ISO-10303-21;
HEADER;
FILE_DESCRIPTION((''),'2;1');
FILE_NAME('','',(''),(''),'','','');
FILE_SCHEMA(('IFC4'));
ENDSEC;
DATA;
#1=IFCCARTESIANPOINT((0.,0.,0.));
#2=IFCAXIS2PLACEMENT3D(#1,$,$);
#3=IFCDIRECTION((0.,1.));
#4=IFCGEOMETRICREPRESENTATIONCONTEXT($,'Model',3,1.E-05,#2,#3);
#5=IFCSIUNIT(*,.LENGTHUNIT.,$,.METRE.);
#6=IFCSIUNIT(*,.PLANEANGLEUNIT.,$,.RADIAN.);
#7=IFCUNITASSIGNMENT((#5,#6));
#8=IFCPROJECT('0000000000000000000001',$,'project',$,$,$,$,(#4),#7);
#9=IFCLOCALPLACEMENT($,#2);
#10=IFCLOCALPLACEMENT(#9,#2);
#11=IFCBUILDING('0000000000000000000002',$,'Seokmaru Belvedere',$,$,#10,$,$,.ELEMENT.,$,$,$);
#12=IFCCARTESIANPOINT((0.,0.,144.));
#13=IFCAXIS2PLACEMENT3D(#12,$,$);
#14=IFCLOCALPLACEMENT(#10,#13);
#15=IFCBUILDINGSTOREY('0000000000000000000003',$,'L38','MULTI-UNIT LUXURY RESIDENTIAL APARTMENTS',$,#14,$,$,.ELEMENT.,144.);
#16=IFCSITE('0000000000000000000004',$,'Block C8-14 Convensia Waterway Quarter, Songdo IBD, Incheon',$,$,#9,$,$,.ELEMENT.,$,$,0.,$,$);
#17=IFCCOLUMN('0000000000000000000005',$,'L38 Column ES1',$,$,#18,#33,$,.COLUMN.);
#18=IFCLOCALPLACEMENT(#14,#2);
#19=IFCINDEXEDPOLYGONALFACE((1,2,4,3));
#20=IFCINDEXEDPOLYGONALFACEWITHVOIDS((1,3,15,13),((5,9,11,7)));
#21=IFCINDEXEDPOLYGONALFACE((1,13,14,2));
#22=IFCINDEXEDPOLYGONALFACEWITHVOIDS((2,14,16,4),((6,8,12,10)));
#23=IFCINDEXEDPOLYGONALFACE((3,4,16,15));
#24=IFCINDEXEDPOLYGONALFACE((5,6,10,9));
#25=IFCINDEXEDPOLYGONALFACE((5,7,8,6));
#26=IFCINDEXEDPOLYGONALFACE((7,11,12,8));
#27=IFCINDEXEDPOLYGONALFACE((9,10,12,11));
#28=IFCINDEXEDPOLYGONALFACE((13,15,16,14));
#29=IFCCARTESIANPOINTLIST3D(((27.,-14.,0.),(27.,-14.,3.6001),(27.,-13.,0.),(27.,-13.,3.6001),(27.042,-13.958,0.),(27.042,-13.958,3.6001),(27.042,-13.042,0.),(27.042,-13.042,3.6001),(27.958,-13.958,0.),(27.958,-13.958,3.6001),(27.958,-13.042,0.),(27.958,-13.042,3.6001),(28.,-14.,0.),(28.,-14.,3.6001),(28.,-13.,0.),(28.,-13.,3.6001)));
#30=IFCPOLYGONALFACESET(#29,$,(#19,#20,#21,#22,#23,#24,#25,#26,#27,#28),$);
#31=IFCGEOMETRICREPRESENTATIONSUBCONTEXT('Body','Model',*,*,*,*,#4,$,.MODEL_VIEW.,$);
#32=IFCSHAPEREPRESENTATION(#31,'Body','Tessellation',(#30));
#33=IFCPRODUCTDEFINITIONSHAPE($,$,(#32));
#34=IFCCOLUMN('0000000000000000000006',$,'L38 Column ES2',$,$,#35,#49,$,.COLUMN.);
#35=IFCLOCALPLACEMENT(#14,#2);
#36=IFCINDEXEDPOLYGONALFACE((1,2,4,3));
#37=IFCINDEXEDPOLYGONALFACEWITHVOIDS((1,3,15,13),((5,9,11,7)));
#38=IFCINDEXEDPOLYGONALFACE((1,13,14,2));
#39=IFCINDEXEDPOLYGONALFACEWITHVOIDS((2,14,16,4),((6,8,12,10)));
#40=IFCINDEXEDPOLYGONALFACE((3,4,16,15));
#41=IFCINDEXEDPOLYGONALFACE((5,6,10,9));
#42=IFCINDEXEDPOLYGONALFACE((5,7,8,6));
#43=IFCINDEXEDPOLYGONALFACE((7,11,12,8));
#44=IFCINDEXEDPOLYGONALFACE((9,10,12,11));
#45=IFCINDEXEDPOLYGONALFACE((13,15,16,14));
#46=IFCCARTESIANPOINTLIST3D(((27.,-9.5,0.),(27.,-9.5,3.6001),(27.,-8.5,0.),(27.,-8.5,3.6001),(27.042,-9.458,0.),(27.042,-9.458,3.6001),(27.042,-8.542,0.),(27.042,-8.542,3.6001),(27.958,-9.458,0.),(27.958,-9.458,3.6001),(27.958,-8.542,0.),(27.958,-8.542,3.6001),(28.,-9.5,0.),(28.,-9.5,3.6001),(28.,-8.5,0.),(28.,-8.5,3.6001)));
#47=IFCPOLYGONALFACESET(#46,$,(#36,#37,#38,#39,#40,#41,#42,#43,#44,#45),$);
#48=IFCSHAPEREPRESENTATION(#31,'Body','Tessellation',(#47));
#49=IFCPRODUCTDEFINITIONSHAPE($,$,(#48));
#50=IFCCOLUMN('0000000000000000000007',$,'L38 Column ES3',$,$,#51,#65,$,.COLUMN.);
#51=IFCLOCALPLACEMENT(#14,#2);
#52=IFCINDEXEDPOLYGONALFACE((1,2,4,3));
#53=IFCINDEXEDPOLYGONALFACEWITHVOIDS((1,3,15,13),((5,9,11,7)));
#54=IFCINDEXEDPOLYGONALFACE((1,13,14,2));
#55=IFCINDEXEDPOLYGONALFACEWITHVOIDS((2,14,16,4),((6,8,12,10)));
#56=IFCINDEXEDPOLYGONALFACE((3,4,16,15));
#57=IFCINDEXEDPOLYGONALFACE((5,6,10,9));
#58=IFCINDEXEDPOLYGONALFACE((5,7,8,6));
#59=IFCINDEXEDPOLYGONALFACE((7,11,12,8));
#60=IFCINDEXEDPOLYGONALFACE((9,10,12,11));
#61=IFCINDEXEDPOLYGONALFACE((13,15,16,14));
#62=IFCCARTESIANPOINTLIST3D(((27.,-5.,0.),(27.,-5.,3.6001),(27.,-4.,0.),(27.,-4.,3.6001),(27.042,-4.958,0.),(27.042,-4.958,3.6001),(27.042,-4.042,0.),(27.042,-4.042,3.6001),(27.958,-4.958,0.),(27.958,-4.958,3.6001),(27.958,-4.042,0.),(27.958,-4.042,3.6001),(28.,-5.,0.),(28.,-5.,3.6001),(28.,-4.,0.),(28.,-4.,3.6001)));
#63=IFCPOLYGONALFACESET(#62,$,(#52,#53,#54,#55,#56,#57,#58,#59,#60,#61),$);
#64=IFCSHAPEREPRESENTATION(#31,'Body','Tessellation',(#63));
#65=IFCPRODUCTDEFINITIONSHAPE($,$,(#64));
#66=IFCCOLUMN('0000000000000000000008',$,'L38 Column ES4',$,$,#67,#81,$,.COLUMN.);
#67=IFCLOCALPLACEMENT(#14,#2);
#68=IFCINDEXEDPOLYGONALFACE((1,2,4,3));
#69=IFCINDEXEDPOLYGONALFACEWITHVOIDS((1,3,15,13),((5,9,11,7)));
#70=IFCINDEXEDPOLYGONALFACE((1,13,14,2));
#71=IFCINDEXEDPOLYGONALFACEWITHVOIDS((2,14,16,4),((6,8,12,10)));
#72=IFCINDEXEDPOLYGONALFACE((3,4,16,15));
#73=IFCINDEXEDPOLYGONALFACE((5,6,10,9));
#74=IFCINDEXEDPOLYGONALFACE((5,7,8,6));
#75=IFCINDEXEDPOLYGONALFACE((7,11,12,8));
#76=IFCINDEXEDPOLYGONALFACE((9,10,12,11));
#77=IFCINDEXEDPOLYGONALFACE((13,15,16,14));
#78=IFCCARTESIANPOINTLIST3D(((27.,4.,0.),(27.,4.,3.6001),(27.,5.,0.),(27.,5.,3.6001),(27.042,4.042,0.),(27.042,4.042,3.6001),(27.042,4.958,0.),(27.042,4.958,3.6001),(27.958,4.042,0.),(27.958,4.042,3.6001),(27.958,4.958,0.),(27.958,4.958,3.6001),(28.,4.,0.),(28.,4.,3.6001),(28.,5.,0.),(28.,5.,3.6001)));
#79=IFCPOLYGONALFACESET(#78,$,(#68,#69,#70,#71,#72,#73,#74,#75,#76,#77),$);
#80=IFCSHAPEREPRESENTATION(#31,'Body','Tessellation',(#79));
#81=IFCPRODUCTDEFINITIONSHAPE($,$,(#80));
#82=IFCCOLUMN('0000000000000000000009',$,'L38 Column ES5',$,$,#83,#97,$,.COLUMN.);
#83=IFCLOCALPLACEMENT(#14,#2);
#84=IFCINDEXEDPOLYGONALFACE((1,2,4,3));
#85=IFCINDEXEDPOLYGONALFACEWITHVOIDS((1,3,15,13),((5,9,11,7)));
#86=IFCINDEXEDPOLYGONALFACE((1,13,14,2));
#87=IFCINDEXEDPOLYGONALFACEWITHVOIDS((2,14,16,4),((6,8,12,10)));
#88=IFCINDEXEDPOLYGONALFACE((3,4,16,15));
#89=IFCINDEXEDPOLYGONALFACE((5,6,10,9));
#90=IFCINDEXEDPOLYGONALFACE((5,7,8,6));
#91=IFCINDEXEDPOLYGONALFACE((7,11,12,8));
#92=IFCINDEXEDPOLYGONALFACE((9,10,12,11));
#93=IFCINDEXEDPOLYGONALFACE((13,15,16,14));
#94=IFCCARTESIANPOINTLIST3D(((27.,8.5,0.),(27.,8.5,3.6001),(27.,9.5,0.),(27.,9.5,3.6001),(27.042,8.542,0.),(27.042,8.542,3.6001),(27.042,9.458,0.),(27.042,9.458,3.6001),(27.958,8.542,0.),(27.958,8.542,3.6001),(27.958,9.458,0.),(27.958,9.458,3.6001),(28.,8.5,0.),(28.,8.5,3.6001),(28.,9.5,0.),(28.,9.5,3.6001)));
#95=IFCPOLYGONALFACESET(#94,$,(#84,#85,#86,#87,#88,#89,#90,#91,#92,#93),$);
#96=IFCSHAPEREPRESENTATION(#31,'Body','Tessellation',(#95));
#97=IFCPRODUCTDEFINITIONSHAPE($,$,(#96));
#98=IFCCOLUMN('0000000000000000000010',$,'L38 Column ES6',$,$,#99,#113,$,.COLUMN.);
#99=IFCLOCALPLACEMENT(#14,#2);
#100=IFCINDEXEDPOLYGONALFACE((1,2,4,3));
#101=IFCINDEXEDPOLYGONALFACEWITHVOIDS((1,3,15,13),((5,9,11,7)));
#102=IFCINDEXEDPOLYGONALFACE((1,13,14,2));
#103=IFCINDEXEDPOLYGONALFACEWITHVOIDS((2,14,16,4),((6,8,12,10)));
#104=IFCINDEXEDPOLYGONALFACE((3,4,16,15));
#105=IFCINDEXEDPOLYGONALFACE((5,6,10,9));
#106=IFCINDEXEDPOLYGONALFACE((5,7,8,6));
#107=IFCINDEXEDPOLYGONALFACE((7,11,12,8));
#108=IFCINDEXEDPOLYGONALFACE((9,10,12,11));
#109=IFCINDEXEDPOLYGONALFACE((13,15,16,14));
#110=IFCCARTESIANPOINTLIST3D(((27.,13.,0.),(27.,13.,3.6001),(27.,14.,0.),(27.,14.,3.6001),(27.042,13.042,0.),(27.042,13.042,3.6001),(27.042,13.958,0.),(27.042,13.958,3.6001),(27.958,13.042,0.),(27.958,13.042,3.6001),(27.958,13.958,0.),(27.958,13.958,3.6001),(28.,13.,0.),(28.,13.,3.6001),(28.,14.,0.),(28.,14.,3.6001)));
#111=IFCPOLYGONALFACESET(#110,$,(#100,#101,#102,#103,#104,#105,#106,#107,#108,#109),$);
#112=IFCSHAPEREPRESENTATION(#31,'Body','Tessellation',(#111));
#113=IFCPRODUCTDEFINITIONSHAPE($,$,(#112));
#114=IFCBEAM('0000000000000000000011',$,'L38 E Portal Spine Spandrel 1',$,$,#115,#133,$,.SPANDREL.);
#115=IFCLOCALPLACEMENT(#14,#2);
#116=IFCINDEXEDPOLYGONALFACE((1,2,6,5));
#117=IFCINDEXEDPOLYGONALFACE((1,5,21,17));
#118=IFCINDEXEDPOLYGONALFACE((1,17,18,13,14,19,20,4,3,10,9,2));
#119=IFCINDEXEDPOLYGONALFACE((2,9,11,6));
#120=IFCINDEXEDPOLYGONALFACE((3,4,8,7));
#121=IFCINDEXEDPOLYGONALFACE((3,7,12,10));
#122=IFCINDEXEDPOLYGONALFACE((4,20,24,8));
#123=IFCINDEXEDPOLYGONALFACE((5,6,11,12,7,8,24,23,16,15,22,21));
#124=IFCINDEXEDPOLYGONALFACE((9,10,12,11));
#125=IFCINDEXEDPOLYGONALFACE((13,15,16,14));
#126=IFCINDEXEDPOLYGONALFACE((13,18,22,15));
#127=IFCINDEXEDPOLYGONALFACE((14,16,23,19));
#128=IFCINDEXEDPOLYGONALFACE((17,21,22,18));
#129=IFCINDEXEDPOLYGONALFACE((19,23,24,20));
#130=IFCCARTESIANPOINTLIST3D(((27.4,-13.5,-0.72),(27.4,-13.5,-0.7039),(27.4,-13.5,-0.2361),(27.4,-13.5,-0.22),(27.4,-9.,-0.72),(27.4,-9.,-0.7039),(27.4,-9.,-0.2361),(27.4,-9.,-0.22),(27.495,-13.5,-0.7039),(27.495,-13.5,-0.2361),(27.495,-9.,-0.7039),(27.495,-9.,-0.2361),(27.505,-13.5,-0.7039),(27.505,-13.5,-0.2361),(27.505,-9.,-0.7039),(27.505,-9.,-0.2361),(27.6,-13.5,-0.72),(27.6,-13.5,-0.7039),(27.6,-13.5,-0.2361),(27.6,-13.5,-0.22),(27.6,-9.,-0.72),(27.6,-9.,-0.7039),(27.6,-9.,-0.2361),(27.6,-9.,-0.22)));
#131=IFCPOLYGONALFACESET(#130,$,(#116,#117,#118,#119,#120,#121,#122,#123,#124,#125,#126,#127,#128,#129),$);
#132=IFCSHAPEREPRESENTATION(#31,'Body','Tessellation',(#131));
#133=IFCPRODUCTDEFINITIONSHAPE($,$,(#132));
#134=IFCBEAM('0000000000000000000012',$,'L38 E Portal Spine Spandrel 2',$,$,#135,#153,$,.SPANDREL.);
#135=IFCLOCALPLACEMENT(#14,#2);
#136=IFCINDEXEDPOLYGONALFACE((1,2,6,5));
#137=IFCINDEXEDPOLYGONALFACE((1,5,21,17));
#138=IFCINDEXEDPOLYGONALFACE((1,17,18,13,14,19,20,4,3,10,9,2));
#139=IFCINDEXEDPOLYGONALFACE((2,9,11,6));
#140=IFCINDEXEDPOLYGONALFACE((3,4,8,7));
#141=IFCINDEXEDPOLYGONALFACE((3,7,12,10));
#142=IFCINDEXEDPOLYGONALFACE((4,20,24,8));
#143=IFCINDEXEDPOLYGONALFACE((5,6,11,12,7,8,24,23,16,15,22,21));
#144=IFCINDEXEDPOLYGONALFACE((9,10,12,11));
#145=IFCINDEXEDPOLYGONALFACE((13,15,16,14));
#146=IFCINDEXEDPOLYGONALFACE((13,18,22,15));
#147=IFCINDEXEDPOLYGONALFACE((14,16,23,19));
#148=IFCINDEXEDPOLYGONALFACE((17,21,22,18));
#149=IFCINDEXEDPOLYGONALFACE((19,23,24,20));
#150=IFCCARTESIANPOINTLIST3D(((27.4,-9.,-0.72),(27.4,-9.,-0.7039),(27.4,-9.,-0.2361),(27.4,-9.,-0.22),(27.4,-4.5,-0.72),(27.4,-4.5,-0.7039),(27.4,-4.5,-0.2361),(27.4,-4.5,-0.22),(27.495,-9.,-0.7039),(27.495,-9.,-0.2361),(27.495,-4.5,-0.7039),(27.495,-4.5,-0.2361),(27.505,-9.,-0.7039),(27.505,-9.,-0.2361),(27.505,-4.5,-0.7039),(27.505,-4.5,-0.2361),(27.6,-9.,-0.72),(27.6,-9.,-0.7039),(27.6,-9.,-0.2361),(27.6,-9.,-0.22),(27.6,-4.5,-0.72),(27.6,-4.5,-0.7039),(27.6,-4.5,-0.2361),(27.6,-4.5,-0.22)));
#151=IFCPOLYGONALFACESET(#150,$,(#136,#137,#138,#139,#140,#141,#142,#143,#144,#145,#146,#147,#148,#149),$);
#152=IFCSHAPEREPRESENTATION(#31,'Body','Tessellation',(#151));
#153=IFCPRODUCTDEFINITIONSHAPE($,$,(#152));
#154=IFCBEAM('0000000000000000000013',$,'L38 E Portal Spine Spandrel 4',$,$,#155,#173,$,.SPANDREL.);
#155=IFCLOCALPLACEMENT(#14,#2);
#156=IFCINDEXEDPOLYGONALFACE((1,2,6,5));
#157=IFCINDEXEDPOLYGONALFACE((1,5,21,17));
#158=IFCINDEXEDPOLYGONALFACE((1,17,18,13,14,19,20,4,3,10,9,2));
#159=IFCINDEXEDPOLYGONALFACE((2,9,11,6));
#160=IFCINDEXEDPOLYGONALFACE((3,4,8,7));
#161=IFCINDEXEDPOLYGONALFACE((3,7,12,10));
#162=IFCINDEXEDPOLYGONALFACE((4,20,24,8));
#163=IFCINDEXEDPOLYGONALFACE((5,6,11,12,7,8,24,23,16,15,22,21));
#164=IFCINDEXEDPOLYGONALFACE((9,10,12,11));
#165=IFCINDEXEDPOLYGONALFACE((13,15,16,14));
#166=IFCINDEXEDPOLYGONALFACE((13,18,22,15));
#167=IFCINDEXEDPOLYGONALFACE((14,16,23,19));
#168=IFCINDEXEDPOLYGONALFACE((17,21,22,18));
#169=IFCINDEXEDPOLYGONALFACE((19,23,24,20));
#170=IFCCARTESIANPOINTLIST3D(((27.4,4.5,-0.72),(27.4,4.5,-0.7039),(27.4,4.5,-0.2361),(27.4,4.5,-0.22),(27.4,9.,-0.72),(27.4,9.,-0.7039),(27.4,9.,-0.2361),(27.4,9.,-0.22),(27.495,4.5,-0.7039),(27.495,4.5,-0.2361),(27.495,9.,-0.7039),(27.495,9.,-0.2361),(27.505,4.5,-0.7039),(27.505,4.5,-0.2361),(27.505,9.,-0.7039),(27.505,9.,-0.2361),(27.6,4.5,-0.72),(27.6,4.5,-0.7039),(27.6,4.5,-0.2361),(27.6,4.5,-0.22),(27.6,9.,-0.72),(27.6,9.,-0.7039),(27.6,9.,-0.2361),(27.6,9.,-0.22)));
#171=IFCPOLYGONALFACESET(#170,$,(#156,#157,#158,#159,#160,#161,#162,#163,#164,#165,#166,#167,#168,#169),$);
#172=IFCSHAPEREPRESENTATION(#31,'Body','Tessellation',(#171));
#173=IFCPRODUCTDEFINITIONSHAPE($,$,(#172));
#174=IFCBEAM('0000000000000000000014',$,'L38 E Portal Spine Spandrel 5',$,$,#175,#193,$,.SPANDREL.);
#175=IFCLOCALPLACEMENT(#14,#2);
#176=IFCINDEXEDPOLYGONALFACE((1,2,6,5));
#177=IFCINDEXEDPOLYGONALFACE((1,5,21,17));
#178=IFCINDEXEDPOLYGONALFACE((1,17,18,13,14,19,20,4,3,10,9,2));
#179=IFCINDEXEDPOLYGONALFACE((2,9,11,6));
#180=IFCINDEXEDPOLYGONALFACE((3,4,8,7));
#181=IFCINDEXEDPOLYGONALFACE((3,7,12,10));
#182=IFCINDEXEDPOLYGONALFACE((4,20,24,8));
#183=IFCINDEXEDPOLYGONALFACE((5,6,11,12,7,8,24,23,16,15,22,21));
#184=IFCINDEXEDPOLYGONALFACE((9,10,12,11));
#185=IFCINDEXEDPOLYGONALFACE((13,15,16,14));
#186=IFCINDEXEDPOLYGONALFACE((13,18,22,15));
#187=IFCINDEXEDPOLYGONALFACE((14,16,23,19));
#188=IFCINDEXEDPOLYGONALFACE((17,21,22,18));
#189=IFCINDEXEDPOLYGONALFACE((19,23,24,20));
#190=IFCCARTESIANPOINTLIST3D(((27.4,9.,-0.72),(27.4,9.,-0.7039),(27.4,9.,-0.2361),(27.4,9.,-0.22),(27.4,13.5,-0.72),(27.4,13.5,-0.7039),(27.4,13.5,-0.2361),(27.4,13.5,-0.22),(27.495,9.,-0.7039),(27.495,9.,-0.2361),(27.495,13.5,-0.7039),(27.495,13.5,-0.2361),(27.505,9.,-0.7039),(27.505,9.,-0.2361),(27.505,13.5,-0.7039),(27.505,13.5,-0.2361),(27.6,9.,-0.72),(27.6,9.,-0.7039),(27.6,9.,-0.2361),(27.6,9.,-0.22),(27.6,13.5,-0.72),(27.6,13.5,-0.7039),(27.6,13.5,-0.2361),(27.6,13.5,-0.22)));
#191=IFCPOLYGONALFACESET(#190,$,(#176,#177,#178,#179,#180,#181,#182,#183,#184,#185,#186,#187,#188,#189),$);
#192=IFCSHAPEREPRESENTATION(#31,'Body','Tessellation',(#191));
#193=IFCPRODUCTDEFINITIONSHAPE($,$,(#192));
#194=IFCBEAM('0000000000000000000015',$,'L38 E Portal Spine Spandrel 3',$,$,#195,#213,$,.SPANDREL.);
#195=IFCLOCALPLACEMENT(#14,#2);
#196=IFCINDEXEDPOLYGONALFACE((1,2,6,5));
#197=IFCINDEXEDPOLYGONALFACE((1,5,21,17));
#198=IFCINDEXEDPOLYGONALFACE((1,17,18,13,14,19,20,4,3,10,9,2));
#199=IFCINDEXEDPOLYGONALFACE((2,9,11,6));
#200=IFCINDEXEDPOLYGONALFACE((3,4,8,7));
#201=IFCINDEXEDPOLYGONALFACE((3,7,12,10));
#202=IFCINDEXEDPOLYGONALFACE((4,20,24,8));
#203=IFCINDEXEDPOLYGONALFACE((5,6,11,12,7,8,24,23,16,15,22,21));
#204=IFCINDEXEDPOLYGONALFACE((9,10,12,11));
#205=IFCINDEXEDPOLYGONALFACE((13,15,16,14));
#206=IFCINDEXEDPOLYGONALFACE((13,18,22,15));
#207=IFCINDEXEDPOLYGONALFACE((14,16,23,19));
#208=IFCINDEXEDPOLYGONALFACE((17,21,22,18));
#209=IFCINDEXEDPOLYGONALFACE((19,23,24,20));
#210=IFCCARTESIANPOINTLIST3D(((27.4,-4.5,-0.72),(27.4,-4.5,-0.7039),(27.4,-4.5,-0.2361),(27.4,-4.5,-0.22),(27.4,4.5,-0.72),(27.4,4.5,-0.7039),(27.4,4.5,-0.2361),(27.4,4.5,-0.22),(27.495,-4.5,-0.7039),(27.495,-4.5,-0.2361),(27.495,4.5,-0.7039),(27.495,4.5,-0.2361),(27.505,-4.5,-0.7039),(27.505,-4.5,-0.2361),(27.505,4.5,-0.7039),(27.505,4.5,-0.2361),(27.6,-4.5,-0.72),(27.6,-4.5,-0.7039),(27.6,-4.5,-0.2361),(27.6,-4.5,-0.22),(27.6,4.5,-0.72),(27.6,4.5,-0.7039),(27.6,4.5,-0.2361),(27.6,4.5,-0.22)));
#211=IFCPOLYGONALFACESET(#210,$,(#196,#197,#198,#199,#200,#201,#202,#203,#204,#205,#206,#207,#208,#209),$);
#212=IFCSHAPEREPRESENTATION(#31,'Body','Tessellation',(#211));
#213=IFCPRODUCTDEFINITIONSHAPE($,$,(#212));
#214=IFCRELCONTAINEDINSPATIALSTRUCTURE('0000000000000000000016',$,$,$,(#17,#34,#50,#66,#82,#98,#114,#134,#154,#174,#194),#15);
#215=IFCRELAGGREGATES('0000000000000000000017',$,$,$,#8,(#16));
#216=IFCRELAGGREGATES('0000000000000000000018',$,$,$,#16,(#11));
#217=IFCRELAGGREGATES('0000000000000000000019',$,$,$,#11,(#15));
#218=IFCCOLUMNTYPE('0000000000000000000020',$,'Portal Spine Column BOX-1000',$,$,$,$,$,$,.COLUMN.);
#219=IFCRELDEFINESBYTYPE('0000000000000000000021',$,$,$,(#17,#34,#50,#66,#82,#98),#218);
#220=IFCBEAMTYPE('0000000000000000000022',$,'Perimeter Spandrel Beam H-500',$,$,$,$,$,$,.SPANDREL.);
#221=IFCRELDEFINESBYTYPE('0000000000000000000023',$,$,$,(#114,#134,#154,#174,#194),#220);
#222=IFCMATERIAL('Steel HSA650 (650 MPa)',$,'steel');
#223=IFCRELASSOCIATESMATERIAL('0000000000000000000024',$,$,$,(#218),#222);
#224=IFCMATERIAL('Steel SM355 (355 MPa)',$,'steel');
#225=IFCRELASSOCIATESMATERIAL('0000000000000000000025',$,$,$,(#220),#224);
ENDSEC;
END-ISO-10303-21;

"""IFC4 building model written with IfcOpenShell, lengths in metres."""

from ifc_helpers import new_model, si_unit, direction, frame, origin, origin_2d, place, context, subcontext, project, spatial, hollow_rectangle, i_section, extrude, source, transform, mapped, material, material_profile, profile_set, type_object, type_shapes, element, save


model = new_model("IFC4")

# Units and contexts
model_context = context("Model", 3, precision=1e-05, world=origin(), true_north=direction((0.0, 1.0)))
body_context = subcontext(model_context, "Body", "Model", "MODEL_VIEW")
ifc_project = project(units=[si_unit("LENGTHUNIT", "METRE"), si_unit("PLANEANGLEUNIT", "RADIAN")], contexts=[model_context])

# Site, building, storey
site_placement = place(None, origin())
site = spatial("IfcSite", under=ifc_project, at=site_placement, Name="Block C8-14 Convensia Waterway Quarter, Songdo IBD, Incheon", CompositionType="ELEMENT", RefElevation=0.0)
building_placement = place(site_placement, origin())
building = spatial("IfcBuilding", under=site, at=building_placement, Name="Seokmaru Belvedere", CompositionType="ELEMENT")
storey_placement = place(building_placement, frame((0.0, 0.0, 144.0)))
storey = spatial("IfcBuildingStorey", under=building, at=storey_placement, Name="L38", Description="MULTI-UNIT LUXURY RESIDENTIAL APARTMENTS", CompositionType="ELEMENT", Elevation=144.0)

# Columns
ifc_material_1 = material(Name="Steel HSA650 (650 MPa)", Category="steel")
ifc_material_profile_1 = material_profile(ifc_material_1, hollow_rectangle(XDim=1.0, YDim=1.0, WallThickness=0.042, at=origin_2d()), Name="BOX-1000x1000x42")
ifc_profile_set_1 = profile_set([ifc_material_profile_1], Name="Steel HSA650 (650 MPa)")
column_type = type_object("IfcColumnType", Name="Portal Spine Column BOX-1000", PredefinedType="COLUMN", material=ifc_profile_set_1)
shared_shape_1 = source(origin(), body_context, "Body", "SweptSolid", [
    extrude(hollow_rectangle(XDim=1.0, YDim=1.0, WallThickness=0.042, at=origin_2d()), origin(), (0.0, 0.0, 1.0), 3.6001),
])
type_shapes(column_type, [shared_shape_1])
for number, where, z_axis, x_axis, name in (
    (1, (27.5, -13.5, 0.0), (0.0, 0.0, 1.0), (1.0, 0.0, 0.0), "L38 Column ES1"),
    (2, (27.5, -9.0, 0.0), (0.0, 0.0, 1.0), (1.0, 0.0, 0.0), "L38 Column ES2"),
    (3, (27.5, -4.5, 0.0), (0.0, 0.0, 1.0), (1.0, 0.0, 0.0), "L38 Column ES3"),
    (4, (27.5, 4.5, 0.0), (0.0, 0.0, 1.0), (1.0, 0.0, 0.0), "L38 Column ES4"),
    (5, (27.5, 9.0, 0.0), (0.0, 0.0, 1.0), (1.0, 0.0, 0.0), "L38 Column ES5"),
    (6, (27.5, 13.5, 0.0), (0.0, 0.0, 1.0), (1.0, 0.0, 0.0), "L38 Column ES6"),
):
    element("IfcColumn", number, at=place(storey_placement, frame(where, z_axis=z_axis, x_axis=x_axis)), inside=storey, type_object=column_type, Name=name, PredefinedType="COLUMN", context=body_context, shape_type="MappedRepresentation", body=[
        mapped(shared_shape_1, transform((0.0, 0.0, 0.0), scale=1.0)),
    ])

# Beams
ifc_material_2 = material(Name="Steel SM355 (355 MPa)", Category="steel")
ifc_material_profile_2 = material_profile(ifc_material_2, i_section(OverallWidth=0.2, OverallDepth=0.5, WebThickness=0.01, FlangeThickness=0.0161, at=origin_2d()), Name="H-500x200x10x16")
ifc_profile_set_2 = profile_set([ifc_material_profile_2], Name="Steel SM355 (355 MPa)")
beam_type_1 = type_object("IfcBeamType", Name="Perimeter Spandrel Beam H-500", PredefinedType="SPANDREL", material=ifc_profile_set_2)
shared_shape_2 = source(origin(), body_context, "Body", "SweptSolid", [
    extrude(i_section(OverallWidth=0.2, OverallDepth=0.5, WebThickness=0.01, FlangeThickness=0.0161, at=origin_2d()), origin(), (0.0, 0.0, 1.0), 4.5),
])
for number, where, z_axis, x_axis, name in (
    (7, (27.5, -13.5, -0.47), (0.0, 1.0, 0.0), (-1.0, 0.0, 0.0), "L38 E Portal Spine Spandrel 1"),
    (8, (27.5, -9.0, -0.47), (0.0, 1.0, 0.0), (-1.0, 0.0, 0.0), "L38 E Portal Spine Spandrel 2"),
    (9, (27.5, 4.5, -0.47), (0.0, 1.0, 0.0), (-1.0, 0.0, 0.0), "L38 E Portal Spine Spandrel 4"),
    (10, (27.5, 9.0, -0.47), (0.0, 1.0, 0.0), (-1.0, 0.0, 0.0), "L38 E Portal Spine Spandrel 5"),
):
    element("IfcBeam", number, at=place(storey_placement, frame(where, z_axis=z_axis, x_axis=x_axis)), inside=storey, type_object=beam_type_1, Name=name, PredefinedType="SPANDREL", context=body_context, shape_type="MappedRepresentation", body=[
        mapped(shared_shape_2, transform((0.0, 0.0, 0.0), scale=1.0)),
    ])
shared_shape_3 = source(origin(), body_context, "Body", "SweptSolid", [
    extrude(i_section(OverallWidth=0.2, OverallDepth=0.5, WebThickness=0.01, FlangeThickness=0.0161, at=origin_2d()), origin(), (0.0, 0.0, 1.0), 9.0),
])
type_shapes(beam_type_1, [shared_shape_2, shared_shape_3])
beam_placement = place(storey_placement, frame((27.5, -4.5, -0.47), z_axis=(0.0, 1.0, 0.0), x_axis=(-1.0, 0.0, 0.0)))
element("IfcBeam", 11, at=beam_placement, inside=storey, type_object=beam_type_1, Name="L38 E Portal Spine Spandrel 3", PredefinedType="SPANDREL", context=body_context, shape_type="MappedRepresentation", body=[
    mapped(shared_shape_3, transform((0.0, 0.0, 0.0), scale=1.0)),
])

save(model, "model.ifc")
